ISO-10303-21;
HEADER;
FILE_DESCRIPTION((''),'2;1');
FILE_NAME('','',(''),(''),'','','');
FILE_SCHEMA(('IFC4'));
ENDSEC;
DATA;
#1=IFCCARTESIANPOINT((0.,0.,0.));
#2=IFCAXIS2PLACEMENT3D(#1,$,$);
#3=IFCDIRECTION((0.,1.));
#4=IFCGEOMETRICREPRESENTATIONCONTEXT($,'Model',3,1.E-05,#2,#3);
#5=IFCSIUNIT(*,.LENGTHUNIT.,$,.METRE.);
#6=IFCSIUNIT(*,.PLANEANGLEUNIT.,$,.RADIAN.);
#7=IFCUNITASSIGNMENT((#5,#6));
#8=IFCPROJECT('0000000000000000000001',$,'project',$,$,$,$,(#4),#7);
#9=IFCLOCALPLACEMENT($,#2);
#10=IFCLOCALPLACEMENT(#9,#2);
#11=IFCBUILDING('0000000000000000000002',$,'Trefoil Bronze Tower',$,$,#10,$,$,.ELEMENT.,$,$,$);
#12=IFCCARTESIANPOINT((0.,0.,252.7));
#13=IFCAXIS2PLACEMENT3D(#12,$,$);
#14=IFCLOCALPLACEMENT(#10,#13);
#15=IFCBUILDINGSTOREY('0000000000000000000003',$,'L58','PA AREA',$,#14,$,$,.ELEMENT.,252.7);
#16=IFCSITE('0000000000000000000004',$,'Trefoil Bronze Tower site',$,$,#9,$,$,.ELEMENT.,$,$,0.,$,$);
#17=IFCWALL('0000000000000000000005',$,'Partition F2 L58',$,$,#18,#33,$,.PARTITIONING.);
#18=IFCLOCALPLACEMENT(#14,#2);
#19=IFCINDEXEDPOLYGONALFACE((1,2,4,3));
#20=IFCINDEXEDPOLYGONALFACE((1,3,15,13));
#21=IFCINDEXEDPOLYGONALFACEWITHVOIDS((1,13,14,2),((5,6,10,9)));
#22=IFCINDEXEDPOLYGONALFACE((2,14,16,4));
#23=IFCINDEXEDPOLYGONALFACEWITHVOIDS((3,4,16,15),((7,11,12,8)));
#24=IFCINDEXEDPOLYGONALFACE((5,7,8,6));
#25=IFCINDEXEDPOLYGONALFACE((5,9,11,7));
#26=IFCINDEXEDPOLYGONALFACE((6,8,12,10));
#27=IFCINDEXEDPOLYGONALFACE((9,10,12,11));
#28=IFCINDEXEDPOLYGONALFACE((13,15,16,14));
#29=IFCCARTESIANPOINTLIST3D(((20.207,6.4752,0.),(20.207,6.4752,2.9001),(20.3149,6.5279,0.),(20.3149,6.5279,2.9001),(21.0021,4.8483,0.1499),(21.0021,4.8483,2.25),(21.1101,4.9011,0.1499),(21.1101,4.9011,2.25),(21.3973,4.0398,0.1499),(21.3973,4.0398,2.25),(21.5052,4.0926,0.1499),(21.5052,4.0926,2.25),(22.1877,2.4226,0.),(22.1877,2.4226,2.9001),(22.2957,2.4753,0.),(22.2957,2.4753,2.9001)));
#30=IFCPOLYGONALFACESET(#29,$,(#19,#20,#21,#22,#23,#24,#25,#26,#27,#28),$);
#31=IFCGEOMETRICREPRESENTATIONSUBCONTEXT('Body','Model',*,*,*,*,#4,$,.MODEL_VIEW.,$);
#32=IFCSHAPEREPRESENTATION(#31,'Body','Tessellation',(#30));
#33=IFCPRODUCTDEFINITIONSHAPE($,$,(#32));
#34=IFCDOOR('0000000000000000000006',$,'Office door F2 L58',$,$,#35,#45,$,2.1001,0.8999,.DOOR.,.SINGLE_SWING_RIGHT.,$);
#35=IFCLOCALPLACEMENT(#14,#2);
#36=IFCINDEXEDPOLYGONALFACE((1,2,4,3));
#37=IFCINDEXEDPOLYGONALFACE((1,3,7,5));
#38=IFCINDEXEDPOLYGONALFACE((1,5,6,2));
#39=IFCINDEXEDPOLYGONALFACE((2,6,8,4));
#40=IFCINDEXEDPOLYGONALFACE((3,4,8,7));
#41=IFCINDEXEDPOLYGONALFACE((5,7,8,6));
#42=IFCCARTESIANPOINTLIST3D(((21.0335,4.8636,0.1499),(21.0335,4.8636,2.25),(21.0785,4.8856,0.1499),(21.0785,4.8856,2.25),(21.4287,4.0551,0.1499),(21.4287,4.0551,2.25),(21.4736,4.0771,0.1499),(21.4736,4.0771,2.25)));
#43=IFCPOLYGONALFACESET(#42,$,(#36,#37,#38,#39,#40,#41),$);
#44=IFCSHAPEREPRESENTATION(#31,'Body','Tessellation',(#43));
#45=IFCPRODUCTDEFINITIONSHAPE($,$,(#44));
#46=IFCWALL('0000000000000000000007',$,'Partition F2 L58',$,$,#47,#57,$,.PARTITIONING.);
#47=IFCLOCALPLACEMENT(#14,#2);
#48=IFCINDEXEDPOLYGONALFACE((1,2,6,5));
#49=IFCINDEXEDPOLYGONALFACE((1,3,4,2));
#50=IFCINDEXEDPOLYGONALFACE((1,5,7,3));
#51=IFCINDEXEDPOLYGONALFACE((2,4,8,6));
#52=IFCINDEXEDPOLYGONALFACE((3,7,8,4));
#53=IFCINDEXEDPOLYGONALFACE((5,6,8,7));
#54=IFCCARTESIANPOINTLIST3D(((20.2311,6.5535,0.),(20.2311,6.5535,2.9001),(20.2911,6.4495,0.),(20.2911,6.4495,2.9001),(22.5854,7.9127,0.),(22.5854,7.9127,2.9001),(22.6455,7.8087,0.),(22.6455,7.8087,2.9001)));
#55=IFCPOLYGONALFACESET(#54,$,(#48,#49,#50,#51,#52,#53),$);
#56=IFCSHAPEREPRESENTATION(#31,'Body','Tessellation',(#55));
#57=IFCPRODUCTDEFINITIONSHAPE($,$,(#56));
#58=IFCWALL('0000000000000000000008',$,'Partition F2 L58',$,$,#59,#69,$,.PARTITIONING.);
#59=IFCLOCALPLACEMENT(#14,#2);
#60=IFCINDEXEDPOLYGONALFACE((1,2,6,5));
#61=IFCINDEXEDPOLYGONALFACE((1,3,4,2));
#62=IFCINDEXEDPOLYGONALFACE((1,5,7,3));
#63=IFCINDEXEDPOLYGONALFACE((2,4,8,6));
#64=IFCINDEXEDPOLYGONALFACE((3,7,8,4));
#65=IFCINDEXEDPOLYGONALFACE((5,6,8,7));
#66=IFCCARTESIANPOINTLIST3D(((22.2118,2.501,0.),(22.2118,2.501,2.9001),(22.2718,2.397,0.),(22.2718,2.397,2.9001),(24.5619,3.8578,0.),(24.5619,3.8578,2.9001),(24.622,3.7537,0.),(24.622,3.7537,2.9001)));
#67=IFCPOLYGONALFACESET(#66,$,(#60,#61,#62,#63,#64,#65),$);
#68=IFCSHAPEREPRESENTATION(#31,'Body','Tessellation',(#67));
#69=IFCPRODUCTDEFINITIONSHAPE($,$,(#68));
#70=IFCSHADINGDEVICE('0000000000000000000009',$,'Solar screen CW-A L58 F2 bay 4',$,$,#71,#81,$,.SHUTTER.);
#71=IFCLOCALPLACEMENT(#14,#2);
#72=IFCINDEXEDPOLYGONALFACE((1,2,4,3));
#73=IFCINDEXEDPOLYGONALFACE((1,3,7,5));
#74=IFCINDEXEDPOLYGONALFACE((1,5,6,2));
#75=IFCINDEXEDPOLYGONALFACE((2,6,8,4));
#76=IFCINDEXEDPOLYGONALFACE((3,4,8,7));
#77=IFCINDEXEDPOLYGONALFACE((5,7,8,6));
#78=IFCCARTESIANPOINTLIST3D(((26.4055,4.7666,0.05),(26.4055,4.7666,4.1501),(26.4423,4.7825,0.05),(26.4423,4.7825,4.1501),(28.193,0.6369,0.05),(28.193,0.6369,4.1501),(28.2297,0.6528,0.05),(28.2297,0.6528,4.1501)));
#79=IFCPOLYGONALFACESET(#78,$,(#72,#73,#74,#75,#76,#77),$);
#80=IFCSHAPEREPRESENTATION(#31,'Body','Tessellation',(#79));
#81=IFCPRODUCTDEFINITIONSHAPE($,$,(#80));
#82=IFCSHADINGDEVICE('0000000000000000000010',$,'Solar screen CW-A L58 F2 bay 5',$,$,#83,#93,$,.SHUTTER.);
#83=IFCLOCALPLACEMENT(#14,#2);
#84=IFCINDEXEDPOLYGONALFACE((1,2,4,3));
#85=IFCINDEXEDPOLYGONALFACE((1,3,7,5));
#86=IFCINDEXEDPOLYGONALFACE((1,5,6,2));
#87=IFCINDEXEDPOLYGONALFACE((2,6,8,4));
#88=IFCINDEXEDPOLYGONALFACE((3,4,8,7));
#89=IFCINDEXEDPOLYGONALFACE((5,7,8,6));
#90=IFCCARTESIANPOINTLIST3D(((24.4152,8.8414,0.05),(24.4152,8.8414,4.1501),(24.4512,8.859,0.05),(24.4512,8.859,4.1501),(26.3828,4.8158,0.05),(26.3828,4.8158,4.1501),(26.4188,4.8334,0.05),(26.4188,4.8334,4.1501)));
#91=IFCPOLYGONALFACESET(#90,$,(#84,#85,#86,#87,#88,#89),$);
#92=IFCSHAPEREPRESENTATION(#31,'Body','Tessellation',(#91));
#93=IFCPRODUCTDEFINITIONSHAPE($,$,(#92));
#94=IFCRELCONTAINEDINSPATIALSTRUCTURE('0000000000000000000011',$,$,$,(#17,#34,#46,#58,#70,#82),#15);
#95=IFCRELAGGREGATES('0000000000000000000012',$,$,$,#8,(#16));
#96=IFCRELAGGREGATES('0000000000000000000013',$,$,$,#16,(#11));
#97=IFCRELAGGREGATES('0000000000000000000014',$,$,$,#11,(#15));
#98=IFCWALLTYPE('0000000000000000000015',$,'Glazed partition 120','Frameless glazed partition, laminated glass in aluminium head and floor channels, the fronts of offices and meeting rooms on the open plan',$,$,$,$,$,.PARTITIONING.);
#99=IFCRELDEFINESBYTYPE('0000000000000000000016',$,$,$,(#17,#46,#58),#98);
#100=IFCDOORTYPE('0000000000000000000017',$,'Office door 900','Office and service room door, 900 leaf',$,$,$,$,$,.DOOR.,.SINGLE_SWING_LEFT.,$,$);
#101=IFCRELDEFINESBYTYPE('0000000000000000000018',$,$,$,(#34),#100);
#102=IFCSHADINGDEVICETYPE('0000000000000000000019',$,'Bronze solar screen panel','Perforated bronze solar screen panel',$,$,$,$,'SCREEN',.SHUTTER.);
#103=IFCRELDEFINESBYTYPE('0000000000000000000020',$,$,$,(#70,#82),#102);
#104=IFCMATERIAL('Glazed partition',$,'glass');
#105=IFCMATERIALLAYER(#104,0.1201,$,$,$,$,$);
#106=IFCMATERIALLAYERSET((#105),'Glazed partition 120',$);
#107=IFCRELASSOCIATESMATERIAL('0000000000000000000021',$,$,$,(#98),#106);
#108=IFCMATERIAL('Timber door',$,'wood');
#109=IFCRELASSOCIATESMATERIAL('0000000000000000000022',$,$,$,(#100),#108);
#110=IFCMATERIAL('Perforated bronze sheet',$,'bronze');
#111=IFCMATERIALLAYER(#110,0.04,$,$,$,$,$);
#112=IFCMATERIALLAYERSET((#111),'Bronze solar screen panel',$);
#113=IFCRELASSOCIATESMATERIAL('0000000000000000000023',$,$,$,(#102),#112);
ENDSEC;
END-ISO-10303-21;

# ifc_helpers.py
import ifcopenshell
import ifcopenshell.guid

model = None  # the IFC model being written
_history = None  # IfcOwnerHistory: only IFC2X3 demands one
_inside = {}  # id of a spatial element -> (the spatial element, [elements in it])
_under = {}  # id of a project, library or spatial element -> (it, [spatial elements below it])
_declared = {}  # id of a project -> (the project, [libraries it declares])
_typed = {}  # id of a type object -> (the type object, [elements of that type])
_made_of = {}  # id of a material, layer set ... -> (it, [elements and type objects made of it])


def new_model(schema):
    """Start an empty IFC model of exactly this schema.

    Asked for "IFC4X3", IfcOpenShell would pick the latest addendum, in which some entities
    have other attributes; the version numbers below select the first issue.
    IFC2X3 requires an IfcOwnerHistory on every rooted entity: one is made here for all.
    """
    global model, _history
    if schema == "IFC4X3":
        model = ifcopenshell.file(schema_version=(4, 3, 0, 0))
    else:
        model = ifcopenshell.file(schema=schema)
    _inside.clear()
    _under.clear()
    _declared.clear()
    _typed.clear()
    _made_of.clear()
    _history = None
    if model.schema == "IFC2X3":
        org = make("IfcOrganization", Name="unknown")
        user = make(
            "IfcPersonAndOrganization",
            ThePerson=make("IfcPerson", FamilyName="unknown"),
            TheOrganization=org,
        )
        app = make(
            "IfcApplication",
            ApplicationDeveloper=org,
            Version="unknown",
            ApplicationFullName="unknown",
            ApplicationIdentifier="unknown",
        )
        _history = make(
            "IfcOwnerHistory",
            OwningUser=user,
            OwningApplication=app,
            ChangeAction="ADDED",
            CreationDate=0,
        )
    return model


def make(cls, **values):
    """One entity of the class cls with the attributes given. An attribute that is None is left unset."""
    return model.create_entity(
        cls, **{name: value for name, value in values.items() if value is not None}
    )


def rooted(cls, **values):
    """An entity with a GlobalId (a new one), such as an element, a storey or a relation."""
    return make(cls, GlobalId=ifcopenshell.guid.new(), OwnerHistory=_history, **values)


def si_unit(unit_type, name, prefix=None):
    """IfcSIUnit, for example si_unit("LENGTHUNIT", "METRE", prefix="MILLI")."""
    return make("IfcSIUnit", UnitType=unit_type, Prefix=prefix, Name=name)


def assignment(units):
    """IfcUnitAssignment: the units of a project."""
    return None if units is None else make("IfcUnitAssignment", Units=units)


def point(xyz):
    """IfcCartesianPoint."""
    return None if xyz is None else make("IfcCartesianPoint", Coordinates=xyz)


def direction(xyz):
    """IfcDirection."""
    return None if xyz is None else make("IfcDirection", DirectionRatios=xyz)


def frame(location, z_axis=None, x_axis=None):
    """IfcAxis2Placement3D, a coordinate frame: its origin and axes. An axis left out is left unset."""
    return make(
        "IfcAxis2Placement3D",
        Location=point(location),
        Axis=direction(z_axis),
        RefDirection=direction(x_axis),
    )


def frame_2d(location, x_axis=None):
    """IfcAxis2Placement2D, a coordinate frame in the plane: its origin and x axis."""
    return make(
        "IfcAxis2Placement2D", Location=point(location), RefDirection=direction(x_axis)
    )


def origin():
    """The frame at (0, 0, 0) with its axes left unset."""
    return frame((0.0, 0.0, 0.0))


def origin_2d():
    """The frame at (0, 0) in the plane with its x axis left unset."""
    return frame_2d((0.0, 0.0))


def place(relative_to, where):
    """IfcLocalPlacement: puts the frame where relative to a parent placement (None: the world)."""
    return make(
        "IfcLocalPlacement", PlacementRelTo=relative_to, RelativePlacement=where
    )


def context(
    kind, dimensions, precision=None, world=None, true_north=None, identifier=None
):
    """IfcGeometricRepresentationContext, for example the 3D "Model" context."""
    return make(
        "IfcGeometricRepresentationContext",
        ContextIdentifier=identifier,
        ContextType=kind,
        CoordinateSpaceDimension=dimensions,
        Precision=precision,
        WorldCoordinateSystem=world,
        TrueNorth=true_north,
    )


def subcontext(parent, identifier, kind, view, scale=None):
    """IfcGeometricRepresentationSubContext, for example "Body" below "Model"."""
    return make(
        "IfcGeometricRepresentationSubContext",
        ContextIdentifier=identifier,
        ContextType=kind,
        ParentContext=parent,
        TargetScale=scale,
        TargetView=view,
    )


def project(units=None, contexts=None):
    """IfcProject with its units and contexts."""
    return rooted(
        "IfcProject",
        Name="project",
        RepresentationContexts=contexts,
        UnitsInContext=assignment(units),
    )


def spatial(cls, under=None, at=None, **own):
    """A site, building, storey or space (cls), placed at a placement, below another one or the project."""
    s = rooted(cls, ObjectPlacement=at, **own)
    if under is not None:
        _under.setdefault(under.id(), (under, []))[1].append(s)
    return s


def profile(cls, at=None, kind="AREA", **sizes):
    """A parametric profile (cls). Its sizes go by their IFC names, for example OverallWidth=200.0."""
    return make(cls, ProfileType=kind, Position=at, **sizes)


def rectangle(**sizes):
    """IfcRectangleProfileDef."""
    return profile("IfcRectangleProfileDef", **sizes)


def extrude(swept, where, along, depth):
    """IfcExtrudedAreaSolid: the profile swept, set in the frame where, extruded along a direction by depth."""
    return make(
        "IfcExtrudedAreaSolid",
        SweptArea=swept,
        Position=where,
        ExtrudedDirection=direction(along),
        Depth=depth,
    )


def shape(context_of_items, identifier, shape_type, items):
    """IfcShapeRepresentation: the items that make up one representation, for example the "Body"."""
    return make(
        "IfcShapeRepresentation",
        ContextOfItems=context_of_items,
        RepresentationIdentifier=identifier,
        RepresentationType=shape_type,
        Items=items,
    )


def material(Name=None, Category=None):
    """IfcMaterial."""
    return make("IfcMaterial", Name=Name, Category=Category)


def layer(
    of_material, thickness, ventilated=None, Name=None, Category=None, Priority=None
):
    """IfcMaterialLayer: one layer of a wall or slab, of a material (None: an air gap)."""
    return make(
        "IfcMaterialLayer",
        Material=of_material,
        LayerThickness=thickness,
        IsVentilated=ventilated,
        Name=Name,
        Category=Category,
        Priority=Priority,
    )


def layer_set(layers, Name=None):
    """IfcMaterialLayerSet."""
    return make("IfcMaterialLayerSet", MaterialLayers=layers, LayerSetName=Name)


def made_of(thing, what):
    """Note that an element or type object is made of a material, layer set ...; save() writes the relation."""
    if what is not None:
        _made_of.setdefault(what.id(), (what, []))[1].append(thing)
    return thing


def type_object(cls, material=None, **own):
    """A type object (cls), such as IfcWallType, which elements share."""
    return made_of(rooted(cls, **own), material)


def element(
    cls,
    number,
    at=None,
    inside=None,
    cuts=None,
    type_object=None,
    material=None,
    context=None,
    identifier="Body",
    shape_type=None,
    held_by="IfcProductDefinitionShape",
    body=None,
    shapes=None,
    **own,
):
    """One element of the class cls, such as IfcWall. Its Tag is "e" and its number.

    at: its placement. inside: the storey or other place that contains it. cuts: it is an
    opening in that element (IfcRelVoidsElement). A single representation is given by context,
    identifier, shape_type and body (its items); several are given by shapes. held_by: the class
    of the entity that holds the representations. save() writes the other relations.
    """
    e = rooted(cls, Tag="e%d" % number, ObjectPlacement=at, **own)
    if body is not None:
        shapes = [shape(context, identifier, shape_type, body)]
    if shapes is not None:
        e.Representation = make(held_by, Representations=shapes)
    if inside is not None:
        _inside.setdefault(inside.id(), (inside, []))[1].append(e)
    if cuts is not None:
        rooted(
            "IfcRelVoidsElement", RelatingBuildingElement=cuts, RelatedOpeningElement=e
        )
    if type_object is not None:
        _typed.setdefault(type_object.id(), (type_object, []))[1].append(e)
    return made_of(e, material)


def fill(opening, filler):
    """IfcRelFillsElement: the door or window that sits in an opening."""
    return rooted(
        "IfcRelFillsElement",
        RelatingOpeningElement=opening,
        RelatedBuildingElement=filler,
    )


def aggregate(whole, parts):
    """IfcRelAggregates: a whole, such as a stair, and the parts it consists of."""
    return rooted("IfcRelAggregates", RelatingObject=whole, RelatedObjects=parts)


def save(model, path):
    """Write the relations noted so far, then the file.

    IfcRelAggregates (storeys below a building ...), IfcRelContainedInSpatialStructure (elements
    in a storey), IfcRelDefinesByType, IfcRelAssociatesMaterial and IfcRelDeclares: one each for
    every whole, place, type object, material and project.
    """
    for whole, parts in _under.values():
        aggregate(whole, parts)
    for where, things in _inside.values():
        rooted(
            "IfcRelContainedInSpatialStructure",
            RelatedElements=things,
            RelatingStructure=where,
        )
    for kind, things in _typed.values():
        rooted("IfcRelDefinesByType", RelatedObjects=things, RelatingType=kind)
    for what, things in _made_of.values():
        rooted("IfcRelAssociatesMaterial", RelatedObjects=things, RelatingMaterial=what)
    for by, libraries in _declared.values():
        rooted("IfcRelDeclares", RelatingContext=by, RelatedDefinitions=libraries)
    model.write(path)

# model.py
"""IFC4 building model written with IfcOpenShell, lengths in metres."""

from ifc_helpers import new_model, si_unit, direction, frame, frame_2d, origin, origin_2d, place, context, subcontext, project, spatial, rectangle, extrude, material, layer, layer_set, type_object, element, fill, save


model = new_model("IFC4")

# Units and contexts
model_context = context("Model", 3, precision=1e-05, world=origin(), true_north=direction((0.0, 1.0)))
body_context = subcontext(model_context, "Body", "Model", "MODEL_VIEW")
ifc_project = project(units=[si_unit("LENGTHUNIT", "METRE"), si_unit("PLANEANGLEUNIT", "RADIAN")], contexts=[model_context])

# Site, building, storey
site_placement = place(None, origin())
site = spatial("IfcSite", under=ifc_project, at=site_placement, Name="Trefoil Bronze Tower site", CompositionType="ELEMENT", RefElevation=0.0)
building_placement = place(site_placement, origin())
building = spatial("IfcBuilding", under=site, at=building_placement, Name="Trefoil Bronze Tower", CompositionType="ELEMENT")
storey_placement = place(building_placement, frame((0.0, 0.0, 252.7)))
storey = spatial("IfcBuildingStorey", under=building, at=storey_placement, Name="L58", Description="PA AREA", CompositionType="ELEMENT", Elevation=252.7)

# Shared definitions
ifc_material_1 = material(Name="Glazed partition", Category="glass")
ifc_layer_1 = layer(ifc_material_1, 0.1201)
ifc_layer_set_1 = layer_set([ifc_layer_1], Name="Glazed partition 120")
wall_type = type_object("IfcWallType", Name="Glazed partition 120", Description="Frameless glazed partition, laminated glass in aluminium head and floor channels, the fronts of offices and meeting rooms on the open plan", PredefinedType="PARTITIONING", material=ifc_layer_set_1)

# Wall, opening, door
ifc_material_2 = material(Name="Timber door", Category="wood")
door_type_1 = type_object("IfcDoorType", Name="Office door 900", Description="Office and service room door, 900 leaf", OperationType="SINGLE_SWING_LEFT", PredefinedType="DOOR", material=ifc_material_2)
wall_1_placement = place(storey_placement, frame((22.2417, 2.449, 0.0), z_axis=(0.0, 0.0, 1.0), x_axis=(-0.43912, 0.898428, 0.0)))
wall_1 = element("IfcWall", 1, at=wall_1_placement, inside=storey, type_object=wall_type, Name="Partition F2 L58", PredefinedType="PARTITIONING", context=body_context, shape_type="SweptSolid", body=[
    extrude(rectangle(XDim=4.5107, YDim=0.1201, at=frame_2d((2.2554, 0.0))), origin(), (0.0, 0.0, 1.0), 2.9001),
])
opening_1_placement = place(wall_1_placement, frame((1.8, 0.0, 0.1499)))
opening_1 = element("IfcOpeningElement", 2, at=opening_1_placement, cuts=wall_1, PredefinedType="OPENING", context=body_context, shape_type="SweptSolid", body=[
    extrude(rectangle(XDim=0.8999, YDim=2.1001, at=frame_2d((0.45, 1.05))), frame((0.0, 0.0701, 0.0), z_axis=(0.0, -1.0, 0.0), x_axis=(1.0, 0.0, 0.0)), (0.0, 0.0, 1.0), 0.1401),
])
door_1_placement = place(opening_1_placement, frame((0.8999, 0.0, 0.0), z_axis=(0.0, 0.0, 1.0), x_axis=(-1.0, 0.0, 0.0)))
door_1 = element("IfcDoor", 3, at=door_1_placement, inside=storey, type_object=door_type_1, Name="Office door F2 L58", OperationType="SINGLE_SWING_RIGHT", OverallHeight=2.1001, OverallWidth=0.8999, PredefinedType="DOOR", context=body_context, shape_type="SweptSolid", body=[
    extrude(rectangle(XDim=0.8999, YDim=2.1001, at=frame_2d((0.45, 1.05))), frame((0.0, 0.0249, 0.0), z_axis=(0.0, -1.0, 0.0), x_axis=(1.0, 0.0, 0.0)), (0.0, 0.0, 1.0), 0.05),
])
fill(opening_1, door_1)

# Walls
wall_2_placement = place(storey_placement, frame((20.261, 6.5015, 0.0), z_axis=(0.0, 0.0, 1.0), x_axis=(0.866041, 0.499974, 0.0)))
element("IfcWall", 4, at=wall_2_placement, inside=storey, type_object=wall_type, Name="Partition F2 L58", PredefinedType="PARTITIONING", context=body_context, shape_type="SweptSolid", body=[
    extrude(rectangle(XDim=2.7185, YDim=0.1201, at=frame_2d((1.3594, 0.0))), origin(), (0.0, 0.0, 1.0), 2.9001),
])
wall_3_placement = place(storey_placement, frame((22.2417, 2.449, 0.0), z_axis=(0.0, 0.0, 1.0), x_axis=(0.866048, 0.499961, 0.0)))
element("IfcWall", 5, at=wall_3_placement, inside=storey, type_object=wall_type, Name="Partition F2 L58", PredefinedType="PARTITIONING", context=body_context, shape_type="SweptSolid", body=[
    extrude(rectangle(XDim=2.7136, YDim=0.1201, at=frame_2d((1.3569, 0.0))), origin(), (0.0, 0.0, 1.0), 2.9001),
])

# Shading devices
ifc_material_3 = material(Name="Perforated bronze sheet", Category="bronze")
ifc_layer_2 = layer(ifc_material_3, 0.04)
ifc_layer_set_2 = layer_set([ifc_layer_2], Name="Bronze solar screen panel")
shading_device_type = type_object("IfcShadingDeviceType", Name="Bronze solar screen panel", Description="Perforated bronze solar screen panel", ElementType="SCREEN", PredefinedType="SHUTTER", material=ifc_layer_set_2)
shading_device_1_placement = place(storey_placement, frame((27.3176, 2.7097, 0.05), z_axis=(0.0, 0.0, 1.0), x_axis=(-0.39722, 0.917723, 0.0)))
element("IfcShadingDevice", 6, at=shading_device_1_placement, inside=storey, type_object=shading_device_type, Name="Solar screen CW-A L58 F2 bay 4", PredefinedType="SHUTTER", context=body_context, shape_type="SweptSolid", body=[
    extrude(rectangle(XDim=4.5, YDim=0.04, at=origin_2d()), origin(), (0.0, 0.0, 1.0), 4.1001),
])
shading_device_2_placement = place(storey_placement, frame((25.417, 6.8374, 0.05), z_axis=(0.0, 0.0, 1.0), x_axis=(-0.439129, 0.898424, 0.0)))
element("IfcShadingDevice", 7, at=shading_device_2_placement, inside=storey, type_object=shading_device_type, Name="Solar screen CW-A L58 F2 bay 5", PredefinedType="SHUTTER", context=body_context, shape_type="SweptSolid", body=[
    extrude(rectangle(XDim=4.4807, YDim=0.04, at=origin_2d()), origin(), (0.0, 0.0, 1.0), 4.1001),
])

save(model, "model.ifc")
